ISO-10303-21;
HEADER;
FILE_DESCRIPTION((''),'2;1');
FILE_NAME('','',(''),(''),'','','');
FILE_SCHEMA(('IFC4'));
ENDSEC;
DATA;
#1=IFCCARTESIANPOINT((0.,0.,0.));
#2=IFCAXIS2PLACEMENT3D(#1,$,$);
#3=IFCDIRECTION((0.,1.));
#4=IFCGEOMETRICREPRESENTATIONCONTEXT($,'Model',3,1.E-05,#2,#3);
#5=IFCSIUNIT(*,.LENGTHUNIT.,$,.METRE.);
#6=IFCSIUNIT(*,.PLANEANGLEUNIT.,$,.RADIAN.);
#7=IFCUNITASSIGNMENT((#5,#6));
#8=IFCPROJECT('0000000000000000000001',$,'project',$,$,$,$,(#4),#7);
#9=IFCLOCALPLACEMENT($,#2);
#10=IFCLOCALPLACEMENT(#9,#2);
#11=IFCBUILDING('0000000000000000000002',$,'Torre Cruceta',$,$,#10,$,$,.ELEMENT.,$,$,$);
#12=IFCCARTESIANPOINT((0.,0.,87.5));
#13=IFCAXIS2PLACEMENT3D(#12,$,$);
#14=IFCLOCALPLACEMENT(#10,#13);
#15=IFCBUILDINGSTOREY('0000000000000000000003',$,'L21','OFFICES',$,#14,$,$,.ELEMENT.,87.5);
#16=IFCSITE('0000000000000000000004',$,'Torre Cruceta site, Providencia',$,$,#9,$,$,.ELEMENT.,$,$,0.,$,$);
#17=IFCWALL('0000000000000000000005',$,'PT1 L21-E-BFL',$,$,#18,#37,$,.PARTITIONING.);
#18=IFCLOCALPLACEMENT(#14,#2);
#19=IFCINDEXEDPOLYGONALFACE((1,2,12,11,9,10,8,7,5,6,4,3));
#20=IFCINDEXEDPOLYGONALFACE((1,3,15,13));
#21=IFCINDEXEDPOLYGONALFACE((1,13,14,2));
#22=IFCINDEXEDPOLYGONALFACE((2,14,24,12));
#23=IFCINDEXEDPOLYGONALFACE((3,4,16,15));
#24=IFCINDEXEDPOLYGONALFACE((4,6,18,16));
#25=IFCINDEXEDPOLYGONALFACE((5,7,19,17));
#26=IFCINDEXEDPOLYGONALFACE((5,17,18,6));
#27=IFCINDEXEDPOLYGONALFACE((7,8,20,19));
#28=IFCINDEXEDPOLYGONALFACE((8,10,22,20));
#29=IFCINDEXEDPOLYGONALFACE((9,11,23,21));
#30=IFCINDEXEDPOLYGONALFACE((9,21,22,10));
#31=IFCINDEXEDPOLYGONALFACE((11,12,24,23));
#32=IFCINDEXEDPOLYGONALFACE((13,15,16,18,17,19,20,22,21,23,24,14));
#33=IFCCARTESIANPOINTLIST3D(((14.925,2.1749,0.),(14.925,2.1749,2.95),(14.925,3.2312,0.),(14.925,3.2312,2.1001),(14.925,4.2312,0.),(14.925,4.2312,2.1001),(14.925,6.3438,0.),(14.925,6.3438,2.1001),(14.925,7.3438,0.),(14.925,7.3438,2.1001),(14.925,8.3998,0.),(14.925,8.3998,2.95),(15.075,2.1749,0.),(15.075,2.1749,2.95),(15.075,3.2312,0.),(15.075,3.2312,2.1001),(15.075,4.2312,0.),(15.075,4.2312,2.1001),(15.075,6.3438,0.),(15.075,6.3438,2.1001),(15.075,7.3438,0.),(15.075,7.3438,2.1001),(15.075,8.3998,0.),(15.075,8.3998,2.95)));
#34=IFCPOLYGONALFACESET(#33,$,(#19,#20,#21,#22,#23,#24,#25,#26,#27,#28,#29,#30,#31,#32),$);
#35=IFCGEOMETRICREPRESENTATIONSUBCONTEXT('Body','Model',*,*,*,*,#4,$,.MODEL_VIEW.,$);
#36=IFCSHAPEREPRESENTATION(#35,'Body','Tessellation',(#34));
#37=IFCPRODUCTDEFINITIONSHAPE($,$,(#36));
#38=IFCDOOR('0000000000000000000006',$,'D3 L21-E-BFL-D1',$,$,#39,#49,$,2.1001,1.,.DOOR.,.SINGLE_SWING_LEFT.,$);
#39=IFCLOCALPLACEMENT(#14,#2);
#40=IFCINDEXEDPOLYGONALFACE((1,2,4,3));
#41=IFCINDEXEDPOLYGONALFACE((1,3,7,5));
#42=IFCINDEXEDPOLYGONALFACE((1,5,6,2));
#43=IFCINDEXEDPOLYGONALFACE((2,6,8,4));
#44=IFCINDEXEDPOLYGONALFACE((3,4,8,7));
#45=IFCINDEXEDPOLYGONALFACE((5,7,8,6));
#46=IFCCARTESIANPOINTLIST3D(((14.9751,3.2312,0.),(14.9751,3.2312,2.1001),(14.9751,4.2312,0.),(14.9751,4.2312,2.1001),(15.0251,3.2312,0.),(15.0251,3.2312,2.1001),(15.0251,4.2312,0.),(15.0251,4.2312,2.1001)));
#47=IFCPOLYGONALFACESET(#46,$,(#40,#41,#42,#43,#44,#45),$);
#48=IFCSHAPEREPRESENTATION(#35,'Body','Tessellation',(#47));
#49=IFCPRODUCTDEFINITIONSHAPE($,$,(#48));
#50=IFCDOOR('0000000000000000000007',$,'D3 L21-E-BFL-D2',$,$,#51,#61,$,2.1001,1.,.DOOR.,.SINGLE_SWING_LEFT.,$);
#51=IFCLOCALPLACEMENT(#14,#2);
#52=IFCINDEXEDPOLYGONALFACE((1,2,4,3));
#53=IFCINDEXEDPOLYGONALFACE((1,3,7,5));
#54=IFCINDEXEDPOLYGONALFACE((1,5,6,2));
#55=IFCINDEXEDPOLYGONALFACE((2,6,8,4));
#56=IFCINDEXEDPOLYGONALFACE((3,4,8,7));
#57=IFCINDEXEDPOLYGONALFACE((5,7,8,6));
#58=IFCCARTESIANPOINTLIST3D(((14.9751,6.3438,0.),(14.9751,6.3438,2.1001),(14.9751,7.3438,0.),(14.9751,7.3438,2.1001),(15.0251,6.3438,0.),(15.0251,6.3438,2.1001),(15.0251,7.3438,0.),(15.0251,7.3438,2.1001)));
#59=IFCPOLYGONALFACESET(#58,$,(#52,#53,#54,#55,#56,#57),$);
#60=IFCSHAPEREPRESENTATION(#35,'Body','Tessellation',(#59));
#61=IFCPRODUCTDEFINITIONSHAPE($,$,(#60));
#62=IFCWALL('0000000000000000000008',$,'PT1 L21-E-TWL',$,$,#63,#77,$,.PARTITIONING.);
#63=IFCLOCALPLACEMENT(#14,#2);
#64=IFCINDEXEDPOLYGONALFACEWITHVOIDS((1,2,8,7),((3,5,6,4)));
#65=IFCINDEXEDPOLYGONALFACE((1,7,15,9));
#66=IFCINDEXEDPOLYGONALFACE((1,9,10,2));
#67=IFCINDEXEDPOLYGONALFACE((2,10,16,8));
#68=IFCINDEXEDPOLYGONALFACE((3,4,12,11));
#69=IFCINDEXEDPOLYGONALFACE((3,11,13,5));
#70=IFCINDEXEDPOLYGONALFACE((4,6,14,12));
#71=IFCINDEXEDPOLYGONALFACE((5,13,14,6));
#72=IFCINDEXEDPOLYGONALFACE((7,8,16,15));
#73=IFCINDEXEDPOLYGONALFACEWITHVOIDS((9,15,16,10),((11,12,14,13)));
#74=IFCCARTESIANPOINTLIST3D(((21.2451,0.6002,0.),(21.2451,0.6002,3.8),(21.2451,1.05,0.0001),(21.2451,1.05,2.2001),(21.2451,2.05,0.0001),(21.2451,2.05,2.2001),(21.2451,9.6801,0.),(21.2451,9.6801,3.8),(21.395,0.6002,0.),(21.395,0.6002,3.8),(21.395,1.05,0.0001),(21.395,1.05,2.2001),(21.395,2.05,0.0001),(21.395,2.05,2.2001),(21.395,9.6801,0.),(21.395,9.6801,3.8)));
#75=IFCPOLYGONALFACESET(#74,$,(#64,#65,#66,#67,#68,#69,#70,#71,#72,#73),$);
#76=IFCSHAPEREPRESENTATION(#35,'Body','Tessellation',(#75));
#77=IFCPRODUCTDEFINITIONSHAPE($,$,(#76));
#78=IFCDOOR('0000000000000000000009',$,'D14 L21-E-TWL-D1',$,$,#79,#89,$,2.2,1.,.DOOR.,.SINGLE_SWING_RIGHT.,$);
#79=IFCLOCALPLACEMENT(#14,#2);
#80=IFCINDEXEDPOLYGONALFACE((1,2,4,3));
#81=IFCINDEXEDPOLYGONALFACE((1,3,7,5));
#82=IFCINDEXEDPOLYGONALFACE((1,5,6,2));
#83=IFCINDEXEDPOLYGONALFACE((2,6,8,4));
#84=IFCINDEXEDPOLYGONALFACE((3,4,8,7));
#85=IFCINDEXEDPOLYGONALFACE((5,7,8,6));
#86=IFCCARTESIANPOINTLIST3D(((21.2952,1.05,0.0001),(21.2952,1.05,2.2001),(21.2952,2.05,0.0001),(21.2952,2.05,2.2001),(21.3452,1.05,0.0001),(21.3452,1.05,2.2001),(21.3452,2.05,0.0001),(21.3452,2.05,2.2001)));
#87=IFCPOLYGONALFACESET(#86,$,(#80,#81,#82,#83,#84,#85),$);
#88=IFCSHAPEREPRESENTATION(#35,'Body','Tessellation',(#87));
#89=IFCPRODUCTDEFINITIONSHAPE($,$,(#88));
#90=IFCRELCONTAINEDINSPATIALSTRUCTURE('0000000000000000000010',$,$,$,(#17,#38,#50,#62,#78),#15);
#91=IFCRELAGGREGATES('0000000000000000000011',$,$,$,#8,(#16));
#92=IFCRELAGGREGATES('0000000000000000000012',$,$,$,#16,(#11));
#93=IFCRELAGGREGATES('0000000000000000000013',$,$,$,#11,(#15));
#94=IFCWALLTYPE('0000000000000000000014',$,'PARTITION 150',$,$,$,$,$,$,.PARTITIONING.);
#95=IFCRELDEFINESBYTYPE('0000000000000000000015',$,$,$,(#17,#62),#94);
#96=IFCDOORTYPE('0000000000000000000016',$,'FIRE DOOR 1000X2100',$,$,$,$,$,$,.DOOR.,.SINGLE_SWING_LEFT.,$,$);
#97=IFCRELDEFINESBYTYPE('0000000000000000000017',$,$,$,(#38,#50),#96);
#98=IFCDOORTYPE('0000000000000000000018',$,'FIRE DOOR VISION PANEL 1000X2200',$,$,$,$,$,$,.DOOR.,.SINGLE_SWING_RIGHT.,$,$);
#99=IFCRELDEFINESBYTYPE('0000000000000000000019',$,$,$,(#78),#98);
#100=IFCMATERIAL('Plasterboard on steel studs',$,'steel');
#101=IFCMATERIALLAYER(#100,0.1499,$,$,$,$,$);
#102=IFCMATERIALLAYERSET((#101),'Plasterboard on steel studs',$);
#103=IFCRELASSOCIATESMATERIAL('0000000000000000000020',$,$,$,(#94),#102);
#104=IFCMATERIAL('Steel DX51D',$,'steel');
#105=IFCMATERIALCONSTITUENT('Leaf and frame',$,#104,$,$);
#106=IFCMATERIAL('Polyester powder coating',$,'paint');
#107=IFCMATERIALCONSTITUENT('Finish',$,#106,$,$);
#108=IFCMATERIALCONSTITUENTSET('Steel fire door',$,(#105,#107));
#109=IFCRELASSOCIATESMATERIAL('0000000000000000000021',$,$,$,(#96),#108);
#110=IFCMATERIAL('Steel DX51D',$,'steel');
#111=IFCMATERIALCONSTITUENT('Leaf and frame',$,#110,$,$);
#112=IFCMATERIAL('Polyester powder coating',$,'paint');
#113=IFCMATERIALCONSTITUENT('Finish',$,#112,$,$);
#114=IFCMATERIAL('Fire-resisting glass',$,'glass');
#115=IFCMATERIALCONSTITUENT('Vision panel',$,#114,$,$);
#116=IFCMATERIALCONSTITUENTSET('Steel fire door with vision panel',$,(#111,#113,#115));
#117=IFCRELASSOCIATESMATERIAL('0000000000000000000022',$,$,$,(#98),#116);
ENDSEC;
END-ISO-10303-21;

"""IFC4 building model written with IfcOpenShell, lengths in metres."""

from ifc_helpers import new_model, si_unit, direction, frame, frame_2d, origin, place, context, subcontext, project, spatial, rectangle, extrude, material, layer, layer_set, constituent, constituent_set, type_object, element, fill, save


model = new_model("IFC4")

# Units and contexts
model_context = context("Model", 3, precision=1e-05, world=origin(), true_north=direction((0.0, 1.0)))
body_context = subcontext(model_context, "Body", "Model", "MODEL_VIEW")
ifc_project = project(units=[si_unit("LENGTHUNIT", "METRE"), si_unit("PLANEANGLEUNIT", "RADIAN")], contexts=[model_context])

# Site, building, storey
site_placement = place(None, origin())
site = spatial("IfcSite", under=ifc_project, at=site_placement, Name="Torre Cruceta site, Providencia", CompositionType="ELEMENT", RefElevation=0.0)
building_placement = place(site_placement, origin())
building = spatial("IfcBuilding", under=site, at=building_placement, Name="Torre Cruceta", CompositionType="ELEMENT")
storey_placement = place(building_placement, frame((0.0, 0.0, 87.5)))
storey = spatial("IfcBuildingStorey", under=building, at=storey_placement, Name="L21", Description="OFFICES", CompositionType="ELEMENT", Elevation=87.5)

# Wall, openings, doors
ifc_material_1 = material(Name="Plasterboard on steel studs", Category="steel")
ifc_layer_1 = layer(ifc_material_1, 0.1499)
ifc_layer_set_1 = layer_set([ifc_layer_1], Name="Plasterboard on steel studs")
wall_type_1 = type_object("IfcWallType", Name="PARTITION 150", PredefinedType="PARTITIONING", material=ifc_layer_set_1)
wall_1_placement = place(storey_placement, frame((15.0, 2.175, 0.0), z_axis=(0.0, 0.0, 1.0), x_axis=(0.0, 1.0, 0.0)))
wall_1 = element("IfcWall", 1, at=wall_1_placement, inside=storey, type_object=wall_type_1, Name="PT1 L21-E-BFL", PredefinedType="PARTITIONING", context=body_context, shape_type="SweptSolid", body=[
    extrude(rectangle(XDim=6.2249, YDim=0.1499, at=frame_2d((3.1123, 0.0))), origin(), (0.0, 0.0, 1.0), 2.95),
])
opening_1_placement = place(wall_1_placement, frame((1.0562, 0.0, 0.0)))
opening_1 = element("IfcOpeningElement", 2, at=opening_1_placement, cuts=wall_1, PredefinedType="OPENING", context=body_context, shape_type="SweptSolid", body=[
    extrude(rectangle(XDim=1.0, YDim=2.1001, at=frame_2d((0.5, 1.05))), frame((0.0, 0.085, 0.0), z_axis=(0.0, -1.0, 0.0), x_axis=(1.0, 0.0, 0.0)), (0.0, 0.0, 1.0), 0.1699),
])
opening_2_placement = place(wall_1_placement, frame((4.1687, 0.0, 0.0)))
opening_2 = element("IfcOpeningElement", 3, at=opening_2_placement, cuts=wall_1, PredefinedType="OPENING", context=body_context, shape_type="SweptSolid", body=[
    extrude(rectangle(XDim=1.0, YDim=2.1001, at=frame_2d((0.5, 1.05))), frame((0.0, 0.085, 0.0), z_axis=(0.0, -1.0, 0.0), x_axis=(1.0, 0.0, 0.0)), (0.0, 0.0, 1.0), 0.1699),
])
ifc_material_2 = material(Name="Steel DX51D", Category="steel")
ifc_constituent_1 = constituent(ifc_material_2, Name="Leaf and frame")
ifc_material_3 = material(Name="Polyester powder coating", Category="paint")
ifc_constituent_2 = constituent(ifc_material_3, Name="Finish")
ifc_constituent_set_1 = constituent_set(constituents=[ifc_constituent_1, ifc_constituent_2], Name="Steel fire door")
door_type_1 = type_object("IfcDoorType", Name="FIRE DOOR 1000X2100", OperationType="SINGLE_SWING_LEFT", PredefinedType="DOOR", material=ifc_constituent_set_1)
door_1_placement = place(opening_1_placement, origin())
door_1 = element("IfcDoor", 4, at=door_1_placement, inside=storey, type_object=door_type_1, Name="D3 L21-E-BFL-D1", OperationType="SINGLE_SWING_LEFT", OverallHeight=2.1001, OverallWidth=1.0, PredefinedType="DOOR", context=body_context, shape_type="SweptSolid", body=[
    extrude(rectangle(XDim=1.0, YDim=2.1001, at=frame_2d((0.5, 1.05))), frame((0.0, 0.0249, 0.0), z_axis=(0.0, -1.0, 0.0), x_axis=(1.0, 0.0, 0.0)), (0.0, 0.0, 1.0), 0.05),
])
fill(opening_1, door_1)
door_2_placement = place(opening_2_placement, origin())
door_2 = element("IfcDoor", 5, at=door_2_placement, inside=storey, type_object=door_type_1, Name="D3 L21-E-BFL-D2", OperationType="SINGLE_SWING_LEFT", OverallHeight=2.1001, OverallWidth=1.0, PredefinedType="DOOR", context=body_context, shape_type="SweptSolid", body=[
    extrude(rectangle(XDim=1.0, YDim=2.1001, at=frame_2d((0.5, 1.05))), frame((0.0, 0.0249, 0.0), z_axis=(0.0, -1.0, 0.0), x_axis=(1.0, 0.0, 0.0)), (0.0, 0.0, 1.0), 0.05),
])
fill(opening_2, door_2)

# Wall, opening, door
wall_2_placement = place(storey_placement, frame((21.3201, 0.6001, 0.0), z_axis=(0.0, 0.0, 1.0), x_axis=(0.0, 1.0, 0.0)))
wall_2 = element("IfcWall", 6, at=wall_2_placement, inside=storey, type_object=wall_type_1, Name="PT1 L21-E-TWL", PredefinedType="PARTITIONING", context=body_context, shape_type="SweptSolid", body=[
    extrude(rectangle(XDim=9.0798, YDim=0.1499, at=frame_2d((4.54, 0.0))), origin(), (0.0, 0.0, 1.0), 3.8),
])
opening_3_placement = place(wall_2_placement, frame((0.45, 0.0, 0.0)))
opening_3 = element("IfcOpeningElement", 7, at=opening_3_placement, cuts=wall_2, PredefinedType="OPENING", context=body_context, shape_type="SweptSolid", body=[
    extrude(rectangle(XDim=1.0, YDim=2.2, at=frame_2d((0.5, 1.1001))), frame((0.0, 0.085, 0.0), z_axis=(0.0, -1.0, 0.0), x_axis=(1.0, 0.0, 0.0)), (0.0, 0.0, 1.0), 0.1699),
])
ifc_material_4 = material(Name="Steel DX51D", Category="steel")
ifc_constituent_3 = constituent(ifc_material_4, Name="Leaf and frame")
ifc_material_5 = material(Name="Polyester powder coating", Category="paint")
ifc_constituent_4 = constituent(ifc_material_5, Name="Finish")
ifc_material_6 = material(Name="Fire-resisting glass", Category="glass")
ifc_constituent_5 = constituent(ifc_material_6, Name="Vision panel")
ifc_constituent_set_2 = constituent_set(constituents=[ifc_constituent_3, ifc_constituent_4, ifc_constituent_5], Name="Steel fire door with vision panel")
door_type_2 = type_object("IfcDoorType", Name="FIRE DOOR VISION PANEL 1000X2200", OperationType="SINGLE_SWING_RIGHT", PredefinedType="DOOR", material=ifc_constituent_set_2)
door_3_placement = place(opening_3_placement, frame((1.0, 0.0, 0.0), z_axis=(0.0, 0.0, 1.0), x_axis=(-1.0, 0.0, 0.0)))
door_3 = element("IfcDoor", 8, at=door_3_placement, inside=storey, type_object=door_type_2, Name="D14 L21-E-TWL-D1", OperationType="SINGLE_SWING_RIGHT", OverallHeight=2.2, OverallWidth=1.0, PredefinedType="DOOR", context=body_context, shape_type="SweptSolid", body=[
    extrude(rectangle(XDim=1.0, YDim=2.2, at=frame_2d((0.5, 1.1001))), frame((0.0, 0.0251, 0.0), z_axis=(0.0, -1.0, 0.0), x_axis=(1.0, 0.0, 0.0)), (0.0, 0.0, 1.0), 0.05),
])
fill(opening_3, door_3)

save(model, "model.ifc")
